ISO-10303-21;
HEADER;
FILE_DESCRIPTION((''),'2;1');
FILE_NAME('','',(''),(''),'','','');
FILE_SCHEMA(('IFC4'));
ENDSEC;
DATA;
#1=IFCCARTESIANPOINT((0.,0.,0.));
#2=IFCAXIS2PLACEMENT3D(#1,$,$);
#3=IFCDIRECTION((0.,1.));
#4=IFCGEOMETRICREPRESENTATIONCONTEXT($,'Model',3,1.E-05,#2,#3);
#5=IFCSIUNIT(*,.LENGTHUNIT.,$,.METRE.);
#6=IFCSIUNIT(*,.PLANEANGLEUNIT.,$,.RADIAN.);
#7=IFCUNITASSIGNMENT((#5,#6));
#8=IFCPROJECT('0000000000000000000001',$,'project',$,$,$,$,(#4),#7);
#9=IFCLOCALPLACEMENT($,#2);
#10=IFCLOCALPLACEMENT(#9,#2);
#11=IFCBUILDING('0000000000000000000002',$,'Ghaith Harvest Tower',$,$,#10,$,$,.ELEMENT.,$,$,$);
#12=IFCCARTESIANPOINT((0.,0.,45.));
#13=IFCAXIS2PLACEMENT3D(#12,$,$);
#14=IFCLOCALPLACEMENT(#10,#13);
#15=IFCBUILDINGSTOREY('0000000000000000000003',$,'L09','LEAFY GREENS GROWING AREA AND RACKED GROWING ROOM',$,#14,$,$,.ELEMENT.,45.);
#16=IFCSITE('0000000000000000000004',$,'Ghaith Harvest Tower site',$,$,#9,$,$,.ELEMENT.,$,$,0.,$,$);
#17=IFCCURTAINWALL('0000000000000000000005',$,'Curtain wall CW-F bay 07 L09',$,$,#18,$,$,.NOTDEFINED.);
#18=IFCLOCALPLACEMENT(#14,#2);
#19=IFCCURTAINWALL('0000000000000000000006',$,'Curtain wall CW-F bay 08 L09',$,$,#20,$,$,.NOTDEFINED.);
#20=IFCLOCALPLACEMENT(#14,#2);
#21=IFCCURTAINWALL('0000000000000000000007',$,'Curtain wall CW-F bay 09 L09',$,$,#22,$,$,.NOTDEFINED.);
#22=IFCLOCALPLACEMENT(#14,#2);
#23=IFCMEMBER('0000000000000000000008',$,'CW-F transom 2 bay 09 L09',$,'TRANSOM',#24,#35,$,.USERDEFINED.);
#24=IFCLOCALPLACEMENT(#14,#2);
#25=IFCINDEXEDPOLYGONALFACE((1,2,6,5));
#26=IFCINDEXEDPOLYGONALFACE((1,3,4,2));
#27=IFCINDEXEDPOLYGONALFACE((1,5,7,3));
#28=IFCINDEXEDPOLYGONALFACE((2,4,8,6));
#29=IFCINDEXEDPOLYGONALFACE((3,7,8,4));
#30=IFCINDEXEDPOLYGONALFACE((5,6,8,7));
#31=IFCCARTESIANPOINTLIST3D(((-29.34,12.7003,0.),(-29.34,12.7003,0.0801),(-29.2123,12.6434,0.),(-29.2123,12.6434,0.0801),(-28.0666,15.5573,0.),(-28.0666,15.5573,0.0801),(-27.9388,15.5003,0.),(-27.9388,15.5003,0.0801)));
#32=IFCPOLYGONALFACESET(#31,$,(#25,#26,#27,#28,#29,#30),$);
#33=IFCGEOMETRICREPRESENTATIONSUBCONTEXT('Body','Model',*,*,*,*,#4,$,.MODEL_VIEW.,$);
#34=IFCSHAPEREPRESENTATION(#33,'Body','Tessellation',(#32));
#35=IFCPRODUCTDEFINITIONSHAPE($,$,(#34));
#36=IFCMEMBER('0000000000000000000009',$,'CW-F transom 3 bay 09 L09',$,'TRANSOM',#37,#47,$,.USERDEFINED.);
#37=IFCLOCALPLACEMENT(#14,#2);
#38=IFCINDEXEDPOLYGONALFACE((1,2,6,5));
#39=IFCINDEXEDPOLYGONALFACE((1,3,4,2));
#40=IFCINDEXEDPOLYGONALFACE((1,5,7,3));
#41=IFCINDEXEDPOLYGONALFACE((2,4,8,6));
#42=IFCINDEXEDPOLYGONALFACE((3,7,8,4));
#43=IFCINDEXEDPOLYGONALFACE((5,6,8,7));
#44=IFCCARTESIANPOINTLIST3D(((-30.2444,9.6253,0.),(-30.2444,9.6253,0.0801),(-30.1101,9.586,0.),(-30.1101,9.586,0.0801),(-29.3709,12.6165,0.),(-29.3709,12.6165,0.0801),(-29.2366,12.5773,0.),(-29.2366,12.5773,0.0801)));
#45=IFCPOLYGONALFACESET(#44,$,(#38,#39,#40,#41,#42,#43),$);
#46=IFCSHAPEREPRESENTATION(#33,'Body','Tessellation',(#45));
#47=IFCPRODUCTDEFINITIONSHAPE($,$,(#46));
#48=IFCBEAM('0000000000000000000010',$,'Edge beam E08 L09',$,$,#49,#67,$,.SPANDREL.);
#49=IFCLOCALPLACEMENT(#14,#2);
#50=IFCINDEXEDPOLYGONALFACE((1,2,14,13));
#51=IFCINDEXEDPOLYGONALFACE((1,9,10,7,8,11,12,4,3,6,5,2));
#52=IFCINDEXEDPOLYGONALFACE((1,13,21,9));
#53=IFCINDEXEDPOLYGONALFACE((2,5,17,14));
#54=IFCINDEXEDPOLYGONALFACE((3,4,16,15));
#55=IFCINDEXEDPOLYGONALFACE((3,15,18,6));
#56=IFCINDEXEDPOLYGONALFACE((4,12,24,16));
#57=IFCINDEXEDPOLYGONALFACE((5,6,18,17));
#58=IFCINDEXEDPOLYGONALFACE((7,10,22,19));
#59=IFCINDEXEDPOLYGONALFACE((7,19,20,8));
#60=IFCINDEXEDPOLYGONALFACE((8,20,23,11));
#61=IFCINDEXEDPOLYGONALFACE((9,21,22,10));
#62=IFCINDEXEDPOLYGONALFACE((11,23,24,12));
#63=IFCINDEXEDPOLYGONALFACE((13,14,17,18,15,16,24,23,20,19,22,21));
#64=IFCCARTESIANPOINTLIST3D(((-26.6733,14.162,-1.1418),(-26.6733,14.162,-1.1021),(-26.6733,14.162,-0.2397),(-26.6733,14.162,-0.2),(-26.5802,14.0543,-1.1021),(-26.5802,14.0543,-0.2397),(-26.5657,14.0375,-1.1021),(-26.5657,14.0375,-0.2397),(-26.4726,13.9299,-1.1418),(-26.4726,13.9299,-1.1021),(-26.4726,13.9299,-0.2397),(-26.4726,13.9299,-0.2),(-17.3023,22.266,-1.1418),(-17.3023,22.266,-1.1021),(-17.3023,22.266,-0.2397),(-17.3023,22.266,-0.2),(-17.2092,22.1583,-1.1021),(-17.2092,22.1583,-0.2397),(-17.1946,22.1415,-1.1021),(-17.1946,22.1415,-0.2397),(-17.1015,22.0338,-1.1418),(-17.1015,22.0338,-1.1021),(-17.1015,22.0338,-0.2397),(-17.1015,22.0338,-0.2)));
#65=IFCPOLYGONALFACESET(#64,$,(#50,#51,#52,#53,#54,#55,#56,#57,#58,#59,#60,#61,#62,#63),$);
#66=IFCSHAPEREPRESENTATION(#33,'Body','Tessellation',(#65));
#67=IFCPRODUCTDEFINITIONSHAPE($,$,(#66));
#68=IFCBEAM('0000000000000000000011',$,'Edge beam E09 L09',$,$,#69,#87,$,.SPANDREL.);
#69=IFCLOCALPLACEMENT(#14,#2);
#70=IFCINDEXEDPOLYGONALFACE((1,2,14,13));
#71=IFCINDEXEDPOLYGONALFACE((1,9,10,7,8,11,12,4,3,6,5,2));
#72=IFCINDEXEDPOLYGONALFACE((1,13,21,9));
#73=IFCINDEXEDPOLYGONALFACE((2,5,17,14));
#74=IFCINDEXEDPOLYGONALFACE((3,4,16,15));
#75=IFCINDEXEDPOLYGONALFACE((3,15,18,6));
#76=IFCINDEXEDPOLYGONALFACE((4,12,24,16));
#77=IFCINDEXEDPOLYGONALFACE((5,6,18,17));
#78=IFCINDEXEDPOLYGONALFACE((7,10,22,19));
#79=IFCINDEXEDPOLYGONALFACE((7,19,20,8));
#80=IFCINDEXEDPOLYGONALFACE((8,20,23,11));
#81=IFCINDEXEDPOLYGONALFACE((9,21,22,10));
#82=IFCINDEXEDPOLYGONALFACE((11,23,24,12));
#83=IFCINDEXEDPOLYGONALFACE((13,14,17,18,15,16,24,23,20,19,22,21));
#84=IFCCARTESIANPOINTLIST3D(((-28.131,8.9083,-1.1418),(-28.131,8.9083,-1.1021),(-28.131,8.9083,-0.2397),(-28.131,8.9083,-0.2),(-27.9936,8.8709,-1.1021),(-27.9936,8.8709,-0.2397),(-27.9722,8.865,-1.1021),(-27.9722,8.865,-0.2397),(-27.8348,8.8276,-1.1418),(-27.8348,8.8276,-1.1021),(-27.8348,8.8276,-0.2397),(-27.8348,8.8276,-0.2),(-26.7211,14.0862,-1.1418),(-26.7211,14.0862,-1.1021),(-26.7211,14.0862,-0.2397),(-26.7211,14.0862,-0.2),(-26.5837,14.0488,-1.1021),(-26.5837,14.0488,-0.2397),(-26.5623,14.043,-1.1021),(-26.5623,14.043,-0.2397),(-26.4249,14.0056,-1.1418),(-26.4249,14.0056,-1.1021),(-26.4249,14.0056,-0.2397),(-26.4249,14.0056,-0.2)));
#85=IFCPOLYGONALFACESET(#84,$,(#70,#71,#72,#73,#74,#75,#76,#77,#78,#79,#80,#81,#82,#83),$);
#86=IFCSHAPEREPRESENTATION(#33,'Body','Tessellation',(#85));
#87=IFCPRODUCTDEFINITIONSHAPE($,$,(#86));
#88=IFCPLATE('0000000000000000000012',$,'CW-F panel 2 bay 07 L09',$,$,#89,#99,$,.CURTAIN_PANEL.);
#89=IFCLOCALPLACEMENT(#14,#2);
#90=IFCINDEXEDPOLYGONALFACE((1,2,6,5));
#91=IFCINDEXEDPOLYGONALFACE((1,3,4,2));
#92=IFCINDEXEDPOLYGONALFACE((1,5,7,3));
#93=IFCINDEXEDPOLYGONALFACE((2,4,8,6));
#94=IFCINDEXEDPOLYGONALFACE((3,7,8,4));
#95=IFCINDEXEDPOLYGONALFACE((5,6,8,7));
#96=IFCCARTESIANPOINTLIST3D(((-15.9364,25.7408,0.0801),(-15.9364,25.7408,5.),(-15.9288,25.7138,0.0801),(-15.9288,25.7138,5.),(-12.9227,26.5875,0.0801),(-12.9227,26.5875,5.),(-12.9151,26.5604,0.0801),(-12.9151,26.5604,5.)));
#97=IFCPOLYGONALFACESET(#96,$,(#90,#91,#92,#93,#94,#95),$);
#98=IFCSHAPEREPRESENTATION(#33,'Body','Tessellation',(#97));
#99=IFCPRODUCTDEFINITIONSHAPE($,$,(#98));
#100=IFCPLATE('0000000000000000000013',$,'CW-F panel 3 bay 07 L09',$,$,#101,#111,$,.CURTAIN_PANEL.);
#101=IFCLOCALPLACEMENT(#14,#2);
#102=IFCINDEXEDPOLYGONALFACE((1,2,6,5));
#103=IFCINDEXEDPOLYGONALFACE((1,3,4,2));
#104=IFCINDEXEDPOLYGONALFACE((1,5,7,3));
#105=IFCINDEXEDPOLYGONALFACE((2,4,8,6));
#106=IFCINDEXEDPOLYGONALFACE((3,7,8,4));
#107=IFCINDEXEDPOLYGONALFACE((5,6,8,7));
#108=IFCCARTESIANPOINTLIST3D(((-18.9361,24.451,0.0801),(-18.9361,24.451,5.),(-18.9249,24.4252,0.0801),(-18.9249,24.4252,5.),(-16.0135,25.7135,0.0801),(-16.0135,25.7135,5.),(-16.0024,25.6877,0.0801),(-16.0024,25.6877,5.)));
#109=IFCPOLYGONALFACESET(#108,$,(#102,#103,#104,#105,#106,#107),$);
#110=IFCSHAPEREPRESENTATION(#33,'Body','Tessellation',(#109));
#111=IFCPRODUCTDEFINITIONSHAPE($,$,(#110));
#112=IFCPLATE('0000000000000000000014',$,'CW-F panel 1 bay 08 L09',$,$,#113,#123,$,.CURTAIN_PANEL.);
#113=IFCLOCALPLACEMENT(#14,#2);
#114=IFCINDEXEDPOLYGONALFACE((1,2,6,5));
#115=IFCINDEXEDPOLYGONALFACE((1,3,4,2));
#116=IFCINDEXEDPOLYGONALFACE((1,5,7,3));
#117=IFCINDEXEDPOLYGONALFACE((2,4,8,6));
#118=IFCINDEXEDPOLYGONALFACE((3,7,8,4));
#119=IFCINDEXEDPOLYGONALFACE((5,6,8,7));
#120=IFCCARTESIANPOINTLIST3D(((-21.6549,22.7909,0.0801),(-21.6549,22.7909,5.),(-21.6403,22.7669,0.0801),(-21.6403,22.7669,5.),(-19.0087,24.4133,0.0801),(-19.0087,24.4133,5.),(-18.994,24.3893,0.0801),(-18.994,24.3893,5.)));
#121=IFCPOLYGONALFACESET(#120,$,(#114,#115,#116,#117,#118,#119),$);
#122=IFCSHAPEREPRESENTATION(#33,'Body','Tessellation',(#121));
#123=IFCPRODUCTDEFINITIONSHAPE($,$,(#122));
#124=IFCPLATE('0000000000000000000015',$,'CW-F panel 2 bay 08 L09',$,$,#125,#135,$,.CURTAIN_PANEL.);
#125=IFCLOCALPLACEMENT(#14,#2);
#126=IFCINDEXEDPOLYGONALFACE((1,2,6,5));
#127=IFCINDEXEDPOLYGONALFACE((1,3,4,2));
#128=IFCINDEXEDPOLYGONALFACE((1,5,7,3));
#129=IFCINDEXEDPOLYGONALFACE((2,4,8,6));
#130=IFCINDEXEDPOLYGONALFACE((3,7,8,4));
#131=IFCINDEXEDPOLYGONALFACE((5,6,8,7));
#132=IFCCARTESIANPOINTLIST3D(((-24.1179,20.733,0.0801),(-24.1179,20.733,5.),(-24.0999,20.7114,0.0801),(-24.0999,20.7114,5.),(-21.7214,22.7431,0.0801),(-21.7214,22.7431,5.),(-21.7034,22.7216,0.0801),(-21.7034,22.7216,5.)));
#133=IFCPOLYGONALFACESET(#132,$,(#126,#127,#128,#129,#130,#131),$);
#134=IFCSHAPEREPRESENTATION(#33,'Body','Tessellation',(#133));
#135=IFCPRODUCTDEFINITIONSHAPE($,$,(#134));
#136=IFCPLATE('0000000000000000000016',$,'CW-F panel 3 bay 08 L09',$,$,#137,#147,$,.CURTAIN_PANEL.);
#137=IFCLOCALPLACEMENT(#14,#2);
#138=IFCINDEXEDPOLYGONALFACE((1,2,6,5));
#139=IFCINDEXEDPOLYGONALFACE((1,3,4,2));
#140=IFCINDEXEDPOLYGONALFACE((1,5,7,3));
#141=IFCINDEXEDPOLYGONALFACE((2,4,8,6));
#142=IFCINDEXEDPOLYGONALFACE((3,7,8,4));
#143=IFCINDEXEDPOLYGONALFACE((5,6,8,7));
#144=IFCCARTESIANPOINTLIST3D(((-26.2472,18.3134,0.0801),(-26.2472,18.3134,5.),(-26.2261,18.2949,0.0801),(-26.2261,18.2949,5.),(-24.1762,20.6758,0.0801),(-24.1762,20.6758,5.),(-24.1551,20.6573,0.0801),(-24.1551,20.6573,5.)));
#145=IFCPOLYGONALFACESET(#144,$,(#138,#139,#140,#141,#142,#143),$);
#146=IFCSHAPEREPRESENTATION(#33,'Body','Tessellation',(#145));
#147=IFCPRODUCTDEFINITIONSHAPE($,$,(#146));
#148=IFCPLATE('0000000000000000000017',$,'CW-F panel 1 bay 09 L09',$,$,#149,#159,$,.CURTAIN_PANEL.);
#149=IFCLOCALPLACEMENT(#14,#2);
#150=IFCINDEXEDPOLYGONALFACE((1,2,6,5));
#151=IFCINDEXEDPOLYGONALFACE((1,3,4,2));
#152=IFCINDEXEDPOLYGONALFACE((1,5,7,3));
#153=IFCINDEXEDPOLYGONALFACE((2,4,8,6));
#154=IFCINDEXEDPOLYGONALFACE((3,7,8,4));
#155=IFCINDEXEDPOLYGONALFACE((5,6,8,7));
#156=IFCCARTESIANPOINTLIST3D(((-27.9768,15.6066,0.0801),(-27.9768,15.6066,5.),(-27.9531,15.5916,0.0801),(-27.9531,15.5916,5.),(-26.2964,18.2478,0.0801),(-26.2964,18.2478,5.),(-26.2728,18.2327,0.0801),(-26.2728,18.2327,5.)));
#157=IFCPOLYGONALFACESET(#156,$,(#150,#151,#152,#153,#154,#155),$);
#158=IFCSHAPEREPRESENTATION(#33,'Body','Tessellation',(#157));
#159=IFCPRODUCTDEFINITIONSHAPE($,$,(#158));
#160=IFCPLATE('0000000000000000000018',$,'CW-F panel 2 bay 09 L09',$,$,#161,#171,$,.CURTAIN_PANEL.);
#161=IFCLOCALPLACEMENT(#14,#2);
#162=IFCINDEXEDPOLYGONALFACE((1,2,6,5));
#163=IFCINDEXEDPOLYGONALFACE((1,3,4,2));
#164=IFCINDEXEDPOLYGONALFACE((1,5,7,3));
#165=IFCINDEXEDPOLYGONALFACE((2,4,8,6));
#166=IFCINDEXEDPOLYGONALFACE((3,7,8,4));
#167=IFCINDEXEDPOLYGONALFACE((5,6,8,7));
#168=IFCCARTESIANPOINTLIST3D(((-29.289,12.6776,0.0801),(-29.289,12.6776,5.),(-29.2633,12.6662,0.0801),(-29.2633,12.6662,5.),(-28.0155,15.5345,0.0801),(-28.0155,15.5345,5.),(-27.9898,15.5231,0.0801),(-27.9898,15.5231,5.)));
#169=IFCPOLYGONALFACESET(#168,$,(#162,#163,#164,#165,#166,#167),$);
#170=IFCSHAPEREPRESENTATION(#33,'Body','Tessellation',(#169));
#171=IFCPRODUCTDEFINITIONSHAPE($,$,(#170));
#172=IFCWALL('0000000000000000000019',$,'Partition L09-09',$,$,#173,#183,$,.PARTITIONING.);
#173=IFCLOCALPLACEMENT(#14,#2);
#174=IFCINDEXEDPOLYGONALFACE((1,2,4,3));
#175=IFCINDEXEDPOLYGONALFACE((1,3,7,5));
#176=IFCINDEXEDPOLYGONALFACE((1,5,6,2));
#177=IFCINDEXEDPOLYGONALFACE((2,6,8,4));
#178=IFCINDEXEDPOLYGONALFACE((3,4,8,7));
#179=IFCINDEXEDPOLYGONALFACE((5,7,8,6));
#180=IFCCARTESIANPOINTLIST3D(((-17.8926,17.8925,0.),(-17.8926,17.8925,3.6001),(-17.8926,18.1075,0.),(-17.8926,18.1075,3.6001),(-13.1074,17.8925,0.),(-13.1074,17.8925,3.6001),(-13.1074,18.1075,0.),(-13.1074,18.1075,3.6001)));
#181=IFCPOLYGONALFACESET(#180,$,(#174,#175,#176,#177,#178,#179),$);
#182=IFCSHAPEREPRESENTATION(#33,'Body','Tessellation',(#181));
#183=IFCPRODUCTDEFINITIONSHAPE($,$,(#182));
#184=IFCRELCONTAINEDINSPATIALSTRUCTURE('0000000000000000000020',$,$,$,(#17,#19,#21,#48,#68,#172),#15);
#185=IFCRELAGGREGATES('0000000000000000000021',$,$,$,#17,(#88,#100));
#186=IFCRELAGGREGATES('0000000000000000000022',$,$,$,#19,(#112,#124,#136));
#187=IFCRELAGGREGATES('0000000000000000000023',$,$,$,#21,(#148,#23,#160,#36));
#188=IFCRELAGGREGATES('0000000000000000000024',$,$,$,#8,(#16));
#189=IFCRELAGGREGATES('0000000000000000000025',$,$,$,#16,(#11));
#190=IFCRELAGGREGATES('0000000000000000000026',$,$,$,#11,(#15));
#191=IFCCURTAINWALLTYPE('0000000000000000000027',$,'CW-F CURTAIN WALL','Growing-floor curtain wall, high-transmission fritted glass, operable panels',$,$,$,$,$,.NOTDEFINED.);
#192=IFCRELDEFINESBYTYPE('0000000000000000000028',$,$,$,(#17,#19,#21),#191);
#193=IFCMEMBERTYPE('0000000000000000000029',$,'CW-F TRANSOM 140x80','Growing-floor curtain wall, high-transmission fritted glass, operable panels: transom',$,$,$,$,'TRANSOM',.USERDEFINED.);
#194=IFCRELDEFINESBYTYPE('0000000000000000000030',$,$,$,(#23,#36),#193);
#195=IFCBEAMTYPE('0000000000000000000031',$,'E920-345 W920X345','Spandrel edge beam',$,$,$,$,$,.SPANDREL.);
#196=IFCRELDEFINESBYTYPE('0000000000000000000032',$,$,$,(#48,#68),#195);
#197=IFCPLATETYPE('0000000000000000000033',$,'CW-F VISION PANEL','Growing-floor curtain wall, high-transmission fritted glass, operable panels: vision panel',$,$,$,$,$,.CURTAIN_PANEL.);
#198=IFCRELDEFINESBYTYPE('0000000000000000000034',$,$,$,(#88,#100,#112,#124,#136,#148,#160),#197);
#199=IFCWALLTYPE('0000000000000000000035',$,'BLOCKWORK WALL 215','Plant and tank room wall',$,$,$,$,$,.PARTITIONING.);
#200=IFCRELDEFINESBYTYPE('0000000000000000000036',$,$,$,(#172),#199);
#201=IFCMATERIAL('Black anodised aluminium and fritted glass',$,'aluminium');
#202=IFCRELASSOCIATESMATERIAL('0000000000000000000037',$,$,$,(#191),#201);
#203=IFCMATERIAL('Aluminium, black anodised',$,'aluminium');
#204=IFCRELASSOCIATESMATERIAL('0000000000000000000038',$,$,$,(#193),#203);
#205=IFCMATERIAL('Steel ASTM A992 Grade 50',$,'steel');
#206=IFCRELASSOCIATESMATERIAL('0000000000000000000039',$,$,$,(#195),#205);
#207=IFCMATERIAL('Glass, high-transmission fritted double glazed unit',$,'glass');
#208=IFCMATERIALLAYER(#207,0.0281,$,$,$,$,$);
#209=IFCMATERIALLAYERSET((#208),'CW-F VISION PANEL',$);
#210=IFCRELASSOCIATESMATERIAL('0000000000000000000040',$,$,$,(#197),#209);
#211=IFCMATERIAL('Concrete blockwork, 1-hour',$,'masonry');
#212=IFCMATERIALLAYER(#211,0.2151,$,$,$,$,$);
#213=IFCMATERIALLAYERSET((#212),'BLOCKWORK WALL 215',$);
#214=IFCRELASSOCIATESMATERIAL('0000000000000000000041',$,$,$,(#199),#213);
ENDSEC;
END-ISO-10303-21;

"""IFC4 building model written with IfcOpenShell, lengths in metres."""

from ifc_helpers import new_model, si_unit, direction, frame, frame_2d, origin, origin_2d, place, context, subcontext, project, spatial, rectangle, i_section, extrude, material, layer, layer_set, material_profile, profile_set, type_object, element, aggregate, save


model = new_model("IFC4")

# Units and contexts
model_context = context("Model", 3, precision=1e-05, world=origin(), true_north=direction((0.0, 1.0)))
body_context = subcontext(model_context, "Body", "Model", "MODEL_VIEW")
ifc_project = project(units=[si_unit("LENGTHUNIT", "METRE"), si_unit("PLANEANGLEUNIT", "RADIAN")], contexts=[model_context])

# Site, building, storey
site_placement = place(None, origin())
site = spatial("IfcSite", under=ifc_project, at=site_placement, Name="Ghaith Harvest Tower site", CompositionType="ELEMENT", RefElevation=0.0)
building_placement = place(site_placement, origin())
building = spatial("IfcBuilding", under=site, at=building_placement, Name="Ghaith Harvest Tower", CompositionType="ELEMENT")
storey_placement = place(building_placement, frame((0.0, 0.0, 45.0)))
storey = spatial("IfcBuildingStorey", under=building, at=storey_placement, Name="L09", Description="LEAFY GREENS GROWING AREA AND RACKED GROWING ROOM", CompositionType="ELEMENT", Elevation=45.0)

# Curtain wall
ifc_material_1 = material(Name="Black anodised aluminium and fritted glass", Category="aluminium")
curtain_wall_type = type_object("IfcCurtainWallType", Name="CW-F CURTAIN WALL", Description="Growing-floor curtain wall, high-transmission fritted glass, operable panels", PredefinedType="NOTDEFINED", material=ifc_material_1)
curtain_wall_1_placement = place(storey_placement, origin())
curtain_wall_1 = element("IfcCurtainWall", 1, at=curtain_wall_1_placement, inside=storey, type_object=curtain_wall_type, Name="Curtain wall CW-F bay 07 L09", PredefinedType="NOTDEFINED")

# Curtain walls
curtain_wall_2_placement = place(storey_placement, origin())
curtain_wall_2 = element("IfcCurtainWall", 2, at=curtain_wall_2_placement, inside=storey, type_object=curtain_wall_type, Name="Curtain wall CW-F bay 08 L09", PredefinedType="NOTDEFINED")
curtain_wall_3_placement = place(storey_placement, origin())
curtain_wall_3 = element("IfcCurtainWall", 3, at=curtain_wall_3_placement, inside=storey, type_object=curtain_wall_type, Name="Curtain wall CW-F bay 09 L09", PredefinedType="NOTDEFINED")

# Members
ifc_material_2 = material(Name="Aluminium, black anodised", Category="aluminium")
ifc_material_profile_1 = material_profile(ifc_material_2, rectangle(XDim=0.1399, YDim=0.0801, at=origin_2d()), Name="CW-F TRANSOM 140x80")
ifc_profile_set_1 = profile_set([ifc_material_profile_1], Name="Aluminium, black anodised")
member_type_1 = type_object("IfcMemberType", Name="CW-F TRANSOM 140x80", Description="Growing-floor curtain wall, high-transmission fritted glass, operable panels: transom", ElementType="TRANSOM", PredefinedType="USERDEFINED", material=ifc_profile_set_1)
member_1_placement = place(storey_placement, frame((-28.0027, 15.5288, 0.04), z_axis=(-0.407123, -0.913373, 0.0), x_axis=(0.913373, -0.407123, 0.0)))
member_1 = element("IfcMember", 4, at=member_1_placement, type_object=member_type_1, Name="CW-F transom 2 bay 09 L09", ObjectType="TRANSOM", PredefinedType="USERDEFINED", context=body_context, shape_type="SweptSolid", body=[
    extrude(rectangle(XDim=0.1399, YDim=0.0801, at=origin_2d()), origin(), (0.0, 0.0, 1.0), 3.1279),
])
member_2_placement = place(storey_placement, frame((-29.3037, 12.5969, 0.04), z_axis=(-0.280325, -0.959905, 0.0), x_axis=(0.959905, -0.280325, 0.0)))
member_2 = element("IfcMember", 5, at=member_2_placement, type_object=member_type_1, Name="CW-F transom 3 bay 09 L09", ObjectType="TRANSOM", PredefinedType="USERDEFINED", context=body_context, shape_type="SweptSolid", body=[
    extrude(rectangle(XDim=0.1399, YDim=0.0801, at=origin_2d()), origin(), (0.0, 0.0, 1.0), 3.1162),
])

# Beams
ifc_material_3 = material(Name="Steel ASTM A992 Grade 50", Category="steel")
ifc_material_profile_2 = material_profile(ifc_material_3, i_section(OverallWidth=0.3069, OverallDepth=0.9419, WebThickness=0.0222, FlangeThickness=0.0398, at=origin_2d()), Name="W920X345")
ifc_profile_set_2 = profile_set([ifc_material_profile_2], Name="Steel ASTM A992 Grade 50")
beam_type = type_object("IfcBeamType", Name="E920-345 W920X345", Description="Spandrel edge beam", PredefinedType="SPANDREL", material=ifc_profile_set_2)
beam_1_placement = place(storey_placement, frame((-17.2019, 22.1499, -0.6709), z_axis=(-0.756392, -0.654118, 0.0), x_axis=(0.654118, -0.756392, 0.0)))
element("IfcBeam", 6, at=beam_1_placement, inside=storey, type_object=beam_type, Name="Edge beam E08 L09", PredefinedType="SPANDREL", context=body_context, shape_type="SweptSolid", body=[
    extrude(i_section(OverallWidth=0.3069, OverallDepth=0.9419, WebThickness=0.0222, FlangeThickness=0.0398, at=origin_2d()), origin(), (0.0, 0.0, 1.0), 12.3892),
])
beam_2_placement = place(storey_placement, frame((-26.573, 14.0459, -0.6709), z_axis=(-0.262725, -0.964871, 0.0), x_axis=(0.964871, -0.262725, 0.0)))
element("IfcBeam", 7, at=beam_2_placement, inside=storey, type_object=beam_type, Name="Edge beam E09 L09", PredefinedType="SPANDREL", context=body_context, shape_type="SweptSolid", body=[
    extrude(i_section(OverallWidth=0.3069, OverallDepth=0.9419, WebThickness=0.0222, FlangeThickness=0.0398, at=origin_2d()), origin(), (0.0, 0.0, 1.0), 5.3665),
])

# Plates
ifc_material_4 = material(Name="Glass, high-transmission fritted double glazed unit", Category="glass")
ifc_layer_1 = layer(ifc_material_4, 0.0281)
ifc_layer_set_1 = layer_set([ifc_layer_1], Name="CW-F VISION PANEL")
plate_type = type_object("IfcPlateType", Name="CW-F VISION PANEL", Description="Growing-floor curtain wall, high-transmission fritted glass, operable panels: vision panel", PredefinedType="CURTAIN_PANEL", material=ifc_layer_set_1)
plate_1_placement = place(storey_placement, frame((-14.4258, 26.1506, 0.0801), z_axis=(0.0, 0.0, 1.0), x_axis=(-0.96273, -0.270465, 0.0)))
plate_1 = element("IfcPlate", 8, at=plate_1_placement, type_object=plate_type, Name="CW-F panel 2 bay 07 L09", PredefinedType="CURTAIN_PANEL", context=body_context, shape_type="SweptSolid", body=[
    extrude(rectangle(XDim=3.1304, YDim=0.0281, at=origin_2d()), origin(), (0.0, 0.0, 1.0), 4.9199),
])
plate_2_placement = place(storey_placement, frame((-17.4692, 25.0693, 0.0801), z_axis=(0.0, 0.0, 1.0), x_axis=(-0.918003, -0.396574, 0.0)))
plate_2 = element("IfcPlate", 9, at=plate_2_placement, type_object=plate_type, Name="CW-F panel 3 bay 07 L09", PredefinedType="CURTAIN_PANEL", context=body_context, shape_type="SweptSolid", body=[
    extrude(rectangle(XDim=3.1836, YDim=0.0281, at=origin_2d()), origin(), (0.0, 0.0, 1.0), 4.9199),
])
aggregate(curtain_wall_1, [plate_1, plate_2])
plate_3_placement = place(storey_placement, frame((-20.3245, 23.5901, 0.0801), z_axis=(0.0, 0.0, 1.0), x_axis=(-0.852528, -0.522682, 0.0)))
plate_3 = element("IfcPlate", 10, at=plate_3_placement, type_object=plate_type, Name="CW-F panel 1 bay 08 L09", PredefinedType="CURTAIN_PANEL", context=body_context, shape_type="SweptSolid", body=[
    extrude(rectangle(XDim=3.104, YDim=0.0281, at=origin_2d()), origin(), (0.0, 0.0, 1.0), 4.9199),
])
plate_4_placement = place(storey_placement, frame((-22.9106, 21.7273, 0.0801), z_axis=(0.0, 0.0, 1.0), x_axis=(-0.766155, -0.642656, 0.0)))
plate_4 = element("IfcPlate", 11, at=plate_4_placement, type_object=plate_type, Name="CW-F panel 2 bay 08 L09", PredefinedType="CURTAIN_PANEL", context=body_context, shape_type="SweptSolid", body=[
    extrude(rectangle(XDim=3.1279, YDim=0.0281, at=origin_2d()), origin(), (0.0, 0.0, 1.0), 4.9199),
])
plate_5_placement = place(storey_placement, frame((-25.2012, 19.4854, 0.0801), z_axis=(0.0, 0.0, 1.0), x_axis=(-0.659216, -0.751954, 0.0)))
plate_5 = element("IfcPlate", 12, at=plate_5_placement, type_object=plate_type, Name="CW-F panel 3 bay 08 L09", PredefinedType="CURTAIN_PANEL", context=body_context, shape_type="SweptSolid", body=[
    extrude(rectangle(XDim=3.1416, YDim=0.0281, at=origin_2d()), origin(), (0.0, 0.0, 1.0), 4.9199),
])
aggregate(curtain_wall_2, [plate_3, plate_4, plate_5])
plate_6_placement = place(storey_placement, frame((-27.1248, 16.9197, 0.0801), z_axis=(0.0, 0.0, 1.0), x_axis=(-0.536779, -0.843723, 0.0)))
plate_6 = element("IfcPlate", 13, at=plate_6_placement, type_object=plate_type, Name="CW-F panel 1 bay 09 L09", PredefinedType="CURTAIN_PANEL", context=body_context, shape_type="SweptSolid", body=[
    extrude(rectangle(XDim=3.1304, YDim=0.0281, at=origin_2d()), origin(), (0.0, 0.0, 1.0), 4.9199),
])
plate_7_placement = place(storey_placement, frame((-28.6394, 14.1003, 0.0801), z_axis=(0.0, 0.0, 1.0), x_axis=(-0.407134, -0.913368, 0.0)))
plate_7 = element("IfcPlate", 14, at=plate_7_placement, type_object=plate_type, Name="CW-F panel 2 bay 09 L09", PredefinedType="CURTAIN_PANEL", context=body_context, shape_type="SweptSolid", body=[
    extrude(rectangle(XDim=3.1279, YDim=0.0281, at=origin_2d()), origin(), (0.0, 0.0, 1.0), 4.9199),
])
aggregate(curtain_wall_3, [plate_6, member_1, plate_7, member_2])

# Shared definitions
ifc_material_5 = material(Name="Concrete blockwork, 1-hour", Category="masonry")
ifc_layer_2 = layer(ifc_material_5, 0.2151)
ifc_layer_set_2 = layer_set([ifc_layer_2], Name="BLOCKWORK WALL 215")
wall_type_1 = type_object("IfcWallType", Name="BLOCKWORK WALL 215", Description="Plant and tank room wall", PredefinedType="PARTITIONING", material=ifc_layer_set_2)

# Wall
wall_1_placement = place(storey_placement, frame((-17.8926, 18.0, 0.0), z_axis=(0.0, 0.0, 1.0), x_axis=(1.0, 0.0, 0.0)))
element("IfcWall", 15, at=wall_1_placement, inside=storey, type_object=wall_type_1, Name="Partition L09-09", PredefinedType="PARTITIONING", context=body_context, shape_type="SweptSolid", body=[
    extrude(rectangle(XDim=4.7852, YDim=0.2151, at=frame_2d((2.3926, 0.0))), origin(), (0.0, 0.0, 1.0), 3.6001),
])

save(model, "model.ifc")
